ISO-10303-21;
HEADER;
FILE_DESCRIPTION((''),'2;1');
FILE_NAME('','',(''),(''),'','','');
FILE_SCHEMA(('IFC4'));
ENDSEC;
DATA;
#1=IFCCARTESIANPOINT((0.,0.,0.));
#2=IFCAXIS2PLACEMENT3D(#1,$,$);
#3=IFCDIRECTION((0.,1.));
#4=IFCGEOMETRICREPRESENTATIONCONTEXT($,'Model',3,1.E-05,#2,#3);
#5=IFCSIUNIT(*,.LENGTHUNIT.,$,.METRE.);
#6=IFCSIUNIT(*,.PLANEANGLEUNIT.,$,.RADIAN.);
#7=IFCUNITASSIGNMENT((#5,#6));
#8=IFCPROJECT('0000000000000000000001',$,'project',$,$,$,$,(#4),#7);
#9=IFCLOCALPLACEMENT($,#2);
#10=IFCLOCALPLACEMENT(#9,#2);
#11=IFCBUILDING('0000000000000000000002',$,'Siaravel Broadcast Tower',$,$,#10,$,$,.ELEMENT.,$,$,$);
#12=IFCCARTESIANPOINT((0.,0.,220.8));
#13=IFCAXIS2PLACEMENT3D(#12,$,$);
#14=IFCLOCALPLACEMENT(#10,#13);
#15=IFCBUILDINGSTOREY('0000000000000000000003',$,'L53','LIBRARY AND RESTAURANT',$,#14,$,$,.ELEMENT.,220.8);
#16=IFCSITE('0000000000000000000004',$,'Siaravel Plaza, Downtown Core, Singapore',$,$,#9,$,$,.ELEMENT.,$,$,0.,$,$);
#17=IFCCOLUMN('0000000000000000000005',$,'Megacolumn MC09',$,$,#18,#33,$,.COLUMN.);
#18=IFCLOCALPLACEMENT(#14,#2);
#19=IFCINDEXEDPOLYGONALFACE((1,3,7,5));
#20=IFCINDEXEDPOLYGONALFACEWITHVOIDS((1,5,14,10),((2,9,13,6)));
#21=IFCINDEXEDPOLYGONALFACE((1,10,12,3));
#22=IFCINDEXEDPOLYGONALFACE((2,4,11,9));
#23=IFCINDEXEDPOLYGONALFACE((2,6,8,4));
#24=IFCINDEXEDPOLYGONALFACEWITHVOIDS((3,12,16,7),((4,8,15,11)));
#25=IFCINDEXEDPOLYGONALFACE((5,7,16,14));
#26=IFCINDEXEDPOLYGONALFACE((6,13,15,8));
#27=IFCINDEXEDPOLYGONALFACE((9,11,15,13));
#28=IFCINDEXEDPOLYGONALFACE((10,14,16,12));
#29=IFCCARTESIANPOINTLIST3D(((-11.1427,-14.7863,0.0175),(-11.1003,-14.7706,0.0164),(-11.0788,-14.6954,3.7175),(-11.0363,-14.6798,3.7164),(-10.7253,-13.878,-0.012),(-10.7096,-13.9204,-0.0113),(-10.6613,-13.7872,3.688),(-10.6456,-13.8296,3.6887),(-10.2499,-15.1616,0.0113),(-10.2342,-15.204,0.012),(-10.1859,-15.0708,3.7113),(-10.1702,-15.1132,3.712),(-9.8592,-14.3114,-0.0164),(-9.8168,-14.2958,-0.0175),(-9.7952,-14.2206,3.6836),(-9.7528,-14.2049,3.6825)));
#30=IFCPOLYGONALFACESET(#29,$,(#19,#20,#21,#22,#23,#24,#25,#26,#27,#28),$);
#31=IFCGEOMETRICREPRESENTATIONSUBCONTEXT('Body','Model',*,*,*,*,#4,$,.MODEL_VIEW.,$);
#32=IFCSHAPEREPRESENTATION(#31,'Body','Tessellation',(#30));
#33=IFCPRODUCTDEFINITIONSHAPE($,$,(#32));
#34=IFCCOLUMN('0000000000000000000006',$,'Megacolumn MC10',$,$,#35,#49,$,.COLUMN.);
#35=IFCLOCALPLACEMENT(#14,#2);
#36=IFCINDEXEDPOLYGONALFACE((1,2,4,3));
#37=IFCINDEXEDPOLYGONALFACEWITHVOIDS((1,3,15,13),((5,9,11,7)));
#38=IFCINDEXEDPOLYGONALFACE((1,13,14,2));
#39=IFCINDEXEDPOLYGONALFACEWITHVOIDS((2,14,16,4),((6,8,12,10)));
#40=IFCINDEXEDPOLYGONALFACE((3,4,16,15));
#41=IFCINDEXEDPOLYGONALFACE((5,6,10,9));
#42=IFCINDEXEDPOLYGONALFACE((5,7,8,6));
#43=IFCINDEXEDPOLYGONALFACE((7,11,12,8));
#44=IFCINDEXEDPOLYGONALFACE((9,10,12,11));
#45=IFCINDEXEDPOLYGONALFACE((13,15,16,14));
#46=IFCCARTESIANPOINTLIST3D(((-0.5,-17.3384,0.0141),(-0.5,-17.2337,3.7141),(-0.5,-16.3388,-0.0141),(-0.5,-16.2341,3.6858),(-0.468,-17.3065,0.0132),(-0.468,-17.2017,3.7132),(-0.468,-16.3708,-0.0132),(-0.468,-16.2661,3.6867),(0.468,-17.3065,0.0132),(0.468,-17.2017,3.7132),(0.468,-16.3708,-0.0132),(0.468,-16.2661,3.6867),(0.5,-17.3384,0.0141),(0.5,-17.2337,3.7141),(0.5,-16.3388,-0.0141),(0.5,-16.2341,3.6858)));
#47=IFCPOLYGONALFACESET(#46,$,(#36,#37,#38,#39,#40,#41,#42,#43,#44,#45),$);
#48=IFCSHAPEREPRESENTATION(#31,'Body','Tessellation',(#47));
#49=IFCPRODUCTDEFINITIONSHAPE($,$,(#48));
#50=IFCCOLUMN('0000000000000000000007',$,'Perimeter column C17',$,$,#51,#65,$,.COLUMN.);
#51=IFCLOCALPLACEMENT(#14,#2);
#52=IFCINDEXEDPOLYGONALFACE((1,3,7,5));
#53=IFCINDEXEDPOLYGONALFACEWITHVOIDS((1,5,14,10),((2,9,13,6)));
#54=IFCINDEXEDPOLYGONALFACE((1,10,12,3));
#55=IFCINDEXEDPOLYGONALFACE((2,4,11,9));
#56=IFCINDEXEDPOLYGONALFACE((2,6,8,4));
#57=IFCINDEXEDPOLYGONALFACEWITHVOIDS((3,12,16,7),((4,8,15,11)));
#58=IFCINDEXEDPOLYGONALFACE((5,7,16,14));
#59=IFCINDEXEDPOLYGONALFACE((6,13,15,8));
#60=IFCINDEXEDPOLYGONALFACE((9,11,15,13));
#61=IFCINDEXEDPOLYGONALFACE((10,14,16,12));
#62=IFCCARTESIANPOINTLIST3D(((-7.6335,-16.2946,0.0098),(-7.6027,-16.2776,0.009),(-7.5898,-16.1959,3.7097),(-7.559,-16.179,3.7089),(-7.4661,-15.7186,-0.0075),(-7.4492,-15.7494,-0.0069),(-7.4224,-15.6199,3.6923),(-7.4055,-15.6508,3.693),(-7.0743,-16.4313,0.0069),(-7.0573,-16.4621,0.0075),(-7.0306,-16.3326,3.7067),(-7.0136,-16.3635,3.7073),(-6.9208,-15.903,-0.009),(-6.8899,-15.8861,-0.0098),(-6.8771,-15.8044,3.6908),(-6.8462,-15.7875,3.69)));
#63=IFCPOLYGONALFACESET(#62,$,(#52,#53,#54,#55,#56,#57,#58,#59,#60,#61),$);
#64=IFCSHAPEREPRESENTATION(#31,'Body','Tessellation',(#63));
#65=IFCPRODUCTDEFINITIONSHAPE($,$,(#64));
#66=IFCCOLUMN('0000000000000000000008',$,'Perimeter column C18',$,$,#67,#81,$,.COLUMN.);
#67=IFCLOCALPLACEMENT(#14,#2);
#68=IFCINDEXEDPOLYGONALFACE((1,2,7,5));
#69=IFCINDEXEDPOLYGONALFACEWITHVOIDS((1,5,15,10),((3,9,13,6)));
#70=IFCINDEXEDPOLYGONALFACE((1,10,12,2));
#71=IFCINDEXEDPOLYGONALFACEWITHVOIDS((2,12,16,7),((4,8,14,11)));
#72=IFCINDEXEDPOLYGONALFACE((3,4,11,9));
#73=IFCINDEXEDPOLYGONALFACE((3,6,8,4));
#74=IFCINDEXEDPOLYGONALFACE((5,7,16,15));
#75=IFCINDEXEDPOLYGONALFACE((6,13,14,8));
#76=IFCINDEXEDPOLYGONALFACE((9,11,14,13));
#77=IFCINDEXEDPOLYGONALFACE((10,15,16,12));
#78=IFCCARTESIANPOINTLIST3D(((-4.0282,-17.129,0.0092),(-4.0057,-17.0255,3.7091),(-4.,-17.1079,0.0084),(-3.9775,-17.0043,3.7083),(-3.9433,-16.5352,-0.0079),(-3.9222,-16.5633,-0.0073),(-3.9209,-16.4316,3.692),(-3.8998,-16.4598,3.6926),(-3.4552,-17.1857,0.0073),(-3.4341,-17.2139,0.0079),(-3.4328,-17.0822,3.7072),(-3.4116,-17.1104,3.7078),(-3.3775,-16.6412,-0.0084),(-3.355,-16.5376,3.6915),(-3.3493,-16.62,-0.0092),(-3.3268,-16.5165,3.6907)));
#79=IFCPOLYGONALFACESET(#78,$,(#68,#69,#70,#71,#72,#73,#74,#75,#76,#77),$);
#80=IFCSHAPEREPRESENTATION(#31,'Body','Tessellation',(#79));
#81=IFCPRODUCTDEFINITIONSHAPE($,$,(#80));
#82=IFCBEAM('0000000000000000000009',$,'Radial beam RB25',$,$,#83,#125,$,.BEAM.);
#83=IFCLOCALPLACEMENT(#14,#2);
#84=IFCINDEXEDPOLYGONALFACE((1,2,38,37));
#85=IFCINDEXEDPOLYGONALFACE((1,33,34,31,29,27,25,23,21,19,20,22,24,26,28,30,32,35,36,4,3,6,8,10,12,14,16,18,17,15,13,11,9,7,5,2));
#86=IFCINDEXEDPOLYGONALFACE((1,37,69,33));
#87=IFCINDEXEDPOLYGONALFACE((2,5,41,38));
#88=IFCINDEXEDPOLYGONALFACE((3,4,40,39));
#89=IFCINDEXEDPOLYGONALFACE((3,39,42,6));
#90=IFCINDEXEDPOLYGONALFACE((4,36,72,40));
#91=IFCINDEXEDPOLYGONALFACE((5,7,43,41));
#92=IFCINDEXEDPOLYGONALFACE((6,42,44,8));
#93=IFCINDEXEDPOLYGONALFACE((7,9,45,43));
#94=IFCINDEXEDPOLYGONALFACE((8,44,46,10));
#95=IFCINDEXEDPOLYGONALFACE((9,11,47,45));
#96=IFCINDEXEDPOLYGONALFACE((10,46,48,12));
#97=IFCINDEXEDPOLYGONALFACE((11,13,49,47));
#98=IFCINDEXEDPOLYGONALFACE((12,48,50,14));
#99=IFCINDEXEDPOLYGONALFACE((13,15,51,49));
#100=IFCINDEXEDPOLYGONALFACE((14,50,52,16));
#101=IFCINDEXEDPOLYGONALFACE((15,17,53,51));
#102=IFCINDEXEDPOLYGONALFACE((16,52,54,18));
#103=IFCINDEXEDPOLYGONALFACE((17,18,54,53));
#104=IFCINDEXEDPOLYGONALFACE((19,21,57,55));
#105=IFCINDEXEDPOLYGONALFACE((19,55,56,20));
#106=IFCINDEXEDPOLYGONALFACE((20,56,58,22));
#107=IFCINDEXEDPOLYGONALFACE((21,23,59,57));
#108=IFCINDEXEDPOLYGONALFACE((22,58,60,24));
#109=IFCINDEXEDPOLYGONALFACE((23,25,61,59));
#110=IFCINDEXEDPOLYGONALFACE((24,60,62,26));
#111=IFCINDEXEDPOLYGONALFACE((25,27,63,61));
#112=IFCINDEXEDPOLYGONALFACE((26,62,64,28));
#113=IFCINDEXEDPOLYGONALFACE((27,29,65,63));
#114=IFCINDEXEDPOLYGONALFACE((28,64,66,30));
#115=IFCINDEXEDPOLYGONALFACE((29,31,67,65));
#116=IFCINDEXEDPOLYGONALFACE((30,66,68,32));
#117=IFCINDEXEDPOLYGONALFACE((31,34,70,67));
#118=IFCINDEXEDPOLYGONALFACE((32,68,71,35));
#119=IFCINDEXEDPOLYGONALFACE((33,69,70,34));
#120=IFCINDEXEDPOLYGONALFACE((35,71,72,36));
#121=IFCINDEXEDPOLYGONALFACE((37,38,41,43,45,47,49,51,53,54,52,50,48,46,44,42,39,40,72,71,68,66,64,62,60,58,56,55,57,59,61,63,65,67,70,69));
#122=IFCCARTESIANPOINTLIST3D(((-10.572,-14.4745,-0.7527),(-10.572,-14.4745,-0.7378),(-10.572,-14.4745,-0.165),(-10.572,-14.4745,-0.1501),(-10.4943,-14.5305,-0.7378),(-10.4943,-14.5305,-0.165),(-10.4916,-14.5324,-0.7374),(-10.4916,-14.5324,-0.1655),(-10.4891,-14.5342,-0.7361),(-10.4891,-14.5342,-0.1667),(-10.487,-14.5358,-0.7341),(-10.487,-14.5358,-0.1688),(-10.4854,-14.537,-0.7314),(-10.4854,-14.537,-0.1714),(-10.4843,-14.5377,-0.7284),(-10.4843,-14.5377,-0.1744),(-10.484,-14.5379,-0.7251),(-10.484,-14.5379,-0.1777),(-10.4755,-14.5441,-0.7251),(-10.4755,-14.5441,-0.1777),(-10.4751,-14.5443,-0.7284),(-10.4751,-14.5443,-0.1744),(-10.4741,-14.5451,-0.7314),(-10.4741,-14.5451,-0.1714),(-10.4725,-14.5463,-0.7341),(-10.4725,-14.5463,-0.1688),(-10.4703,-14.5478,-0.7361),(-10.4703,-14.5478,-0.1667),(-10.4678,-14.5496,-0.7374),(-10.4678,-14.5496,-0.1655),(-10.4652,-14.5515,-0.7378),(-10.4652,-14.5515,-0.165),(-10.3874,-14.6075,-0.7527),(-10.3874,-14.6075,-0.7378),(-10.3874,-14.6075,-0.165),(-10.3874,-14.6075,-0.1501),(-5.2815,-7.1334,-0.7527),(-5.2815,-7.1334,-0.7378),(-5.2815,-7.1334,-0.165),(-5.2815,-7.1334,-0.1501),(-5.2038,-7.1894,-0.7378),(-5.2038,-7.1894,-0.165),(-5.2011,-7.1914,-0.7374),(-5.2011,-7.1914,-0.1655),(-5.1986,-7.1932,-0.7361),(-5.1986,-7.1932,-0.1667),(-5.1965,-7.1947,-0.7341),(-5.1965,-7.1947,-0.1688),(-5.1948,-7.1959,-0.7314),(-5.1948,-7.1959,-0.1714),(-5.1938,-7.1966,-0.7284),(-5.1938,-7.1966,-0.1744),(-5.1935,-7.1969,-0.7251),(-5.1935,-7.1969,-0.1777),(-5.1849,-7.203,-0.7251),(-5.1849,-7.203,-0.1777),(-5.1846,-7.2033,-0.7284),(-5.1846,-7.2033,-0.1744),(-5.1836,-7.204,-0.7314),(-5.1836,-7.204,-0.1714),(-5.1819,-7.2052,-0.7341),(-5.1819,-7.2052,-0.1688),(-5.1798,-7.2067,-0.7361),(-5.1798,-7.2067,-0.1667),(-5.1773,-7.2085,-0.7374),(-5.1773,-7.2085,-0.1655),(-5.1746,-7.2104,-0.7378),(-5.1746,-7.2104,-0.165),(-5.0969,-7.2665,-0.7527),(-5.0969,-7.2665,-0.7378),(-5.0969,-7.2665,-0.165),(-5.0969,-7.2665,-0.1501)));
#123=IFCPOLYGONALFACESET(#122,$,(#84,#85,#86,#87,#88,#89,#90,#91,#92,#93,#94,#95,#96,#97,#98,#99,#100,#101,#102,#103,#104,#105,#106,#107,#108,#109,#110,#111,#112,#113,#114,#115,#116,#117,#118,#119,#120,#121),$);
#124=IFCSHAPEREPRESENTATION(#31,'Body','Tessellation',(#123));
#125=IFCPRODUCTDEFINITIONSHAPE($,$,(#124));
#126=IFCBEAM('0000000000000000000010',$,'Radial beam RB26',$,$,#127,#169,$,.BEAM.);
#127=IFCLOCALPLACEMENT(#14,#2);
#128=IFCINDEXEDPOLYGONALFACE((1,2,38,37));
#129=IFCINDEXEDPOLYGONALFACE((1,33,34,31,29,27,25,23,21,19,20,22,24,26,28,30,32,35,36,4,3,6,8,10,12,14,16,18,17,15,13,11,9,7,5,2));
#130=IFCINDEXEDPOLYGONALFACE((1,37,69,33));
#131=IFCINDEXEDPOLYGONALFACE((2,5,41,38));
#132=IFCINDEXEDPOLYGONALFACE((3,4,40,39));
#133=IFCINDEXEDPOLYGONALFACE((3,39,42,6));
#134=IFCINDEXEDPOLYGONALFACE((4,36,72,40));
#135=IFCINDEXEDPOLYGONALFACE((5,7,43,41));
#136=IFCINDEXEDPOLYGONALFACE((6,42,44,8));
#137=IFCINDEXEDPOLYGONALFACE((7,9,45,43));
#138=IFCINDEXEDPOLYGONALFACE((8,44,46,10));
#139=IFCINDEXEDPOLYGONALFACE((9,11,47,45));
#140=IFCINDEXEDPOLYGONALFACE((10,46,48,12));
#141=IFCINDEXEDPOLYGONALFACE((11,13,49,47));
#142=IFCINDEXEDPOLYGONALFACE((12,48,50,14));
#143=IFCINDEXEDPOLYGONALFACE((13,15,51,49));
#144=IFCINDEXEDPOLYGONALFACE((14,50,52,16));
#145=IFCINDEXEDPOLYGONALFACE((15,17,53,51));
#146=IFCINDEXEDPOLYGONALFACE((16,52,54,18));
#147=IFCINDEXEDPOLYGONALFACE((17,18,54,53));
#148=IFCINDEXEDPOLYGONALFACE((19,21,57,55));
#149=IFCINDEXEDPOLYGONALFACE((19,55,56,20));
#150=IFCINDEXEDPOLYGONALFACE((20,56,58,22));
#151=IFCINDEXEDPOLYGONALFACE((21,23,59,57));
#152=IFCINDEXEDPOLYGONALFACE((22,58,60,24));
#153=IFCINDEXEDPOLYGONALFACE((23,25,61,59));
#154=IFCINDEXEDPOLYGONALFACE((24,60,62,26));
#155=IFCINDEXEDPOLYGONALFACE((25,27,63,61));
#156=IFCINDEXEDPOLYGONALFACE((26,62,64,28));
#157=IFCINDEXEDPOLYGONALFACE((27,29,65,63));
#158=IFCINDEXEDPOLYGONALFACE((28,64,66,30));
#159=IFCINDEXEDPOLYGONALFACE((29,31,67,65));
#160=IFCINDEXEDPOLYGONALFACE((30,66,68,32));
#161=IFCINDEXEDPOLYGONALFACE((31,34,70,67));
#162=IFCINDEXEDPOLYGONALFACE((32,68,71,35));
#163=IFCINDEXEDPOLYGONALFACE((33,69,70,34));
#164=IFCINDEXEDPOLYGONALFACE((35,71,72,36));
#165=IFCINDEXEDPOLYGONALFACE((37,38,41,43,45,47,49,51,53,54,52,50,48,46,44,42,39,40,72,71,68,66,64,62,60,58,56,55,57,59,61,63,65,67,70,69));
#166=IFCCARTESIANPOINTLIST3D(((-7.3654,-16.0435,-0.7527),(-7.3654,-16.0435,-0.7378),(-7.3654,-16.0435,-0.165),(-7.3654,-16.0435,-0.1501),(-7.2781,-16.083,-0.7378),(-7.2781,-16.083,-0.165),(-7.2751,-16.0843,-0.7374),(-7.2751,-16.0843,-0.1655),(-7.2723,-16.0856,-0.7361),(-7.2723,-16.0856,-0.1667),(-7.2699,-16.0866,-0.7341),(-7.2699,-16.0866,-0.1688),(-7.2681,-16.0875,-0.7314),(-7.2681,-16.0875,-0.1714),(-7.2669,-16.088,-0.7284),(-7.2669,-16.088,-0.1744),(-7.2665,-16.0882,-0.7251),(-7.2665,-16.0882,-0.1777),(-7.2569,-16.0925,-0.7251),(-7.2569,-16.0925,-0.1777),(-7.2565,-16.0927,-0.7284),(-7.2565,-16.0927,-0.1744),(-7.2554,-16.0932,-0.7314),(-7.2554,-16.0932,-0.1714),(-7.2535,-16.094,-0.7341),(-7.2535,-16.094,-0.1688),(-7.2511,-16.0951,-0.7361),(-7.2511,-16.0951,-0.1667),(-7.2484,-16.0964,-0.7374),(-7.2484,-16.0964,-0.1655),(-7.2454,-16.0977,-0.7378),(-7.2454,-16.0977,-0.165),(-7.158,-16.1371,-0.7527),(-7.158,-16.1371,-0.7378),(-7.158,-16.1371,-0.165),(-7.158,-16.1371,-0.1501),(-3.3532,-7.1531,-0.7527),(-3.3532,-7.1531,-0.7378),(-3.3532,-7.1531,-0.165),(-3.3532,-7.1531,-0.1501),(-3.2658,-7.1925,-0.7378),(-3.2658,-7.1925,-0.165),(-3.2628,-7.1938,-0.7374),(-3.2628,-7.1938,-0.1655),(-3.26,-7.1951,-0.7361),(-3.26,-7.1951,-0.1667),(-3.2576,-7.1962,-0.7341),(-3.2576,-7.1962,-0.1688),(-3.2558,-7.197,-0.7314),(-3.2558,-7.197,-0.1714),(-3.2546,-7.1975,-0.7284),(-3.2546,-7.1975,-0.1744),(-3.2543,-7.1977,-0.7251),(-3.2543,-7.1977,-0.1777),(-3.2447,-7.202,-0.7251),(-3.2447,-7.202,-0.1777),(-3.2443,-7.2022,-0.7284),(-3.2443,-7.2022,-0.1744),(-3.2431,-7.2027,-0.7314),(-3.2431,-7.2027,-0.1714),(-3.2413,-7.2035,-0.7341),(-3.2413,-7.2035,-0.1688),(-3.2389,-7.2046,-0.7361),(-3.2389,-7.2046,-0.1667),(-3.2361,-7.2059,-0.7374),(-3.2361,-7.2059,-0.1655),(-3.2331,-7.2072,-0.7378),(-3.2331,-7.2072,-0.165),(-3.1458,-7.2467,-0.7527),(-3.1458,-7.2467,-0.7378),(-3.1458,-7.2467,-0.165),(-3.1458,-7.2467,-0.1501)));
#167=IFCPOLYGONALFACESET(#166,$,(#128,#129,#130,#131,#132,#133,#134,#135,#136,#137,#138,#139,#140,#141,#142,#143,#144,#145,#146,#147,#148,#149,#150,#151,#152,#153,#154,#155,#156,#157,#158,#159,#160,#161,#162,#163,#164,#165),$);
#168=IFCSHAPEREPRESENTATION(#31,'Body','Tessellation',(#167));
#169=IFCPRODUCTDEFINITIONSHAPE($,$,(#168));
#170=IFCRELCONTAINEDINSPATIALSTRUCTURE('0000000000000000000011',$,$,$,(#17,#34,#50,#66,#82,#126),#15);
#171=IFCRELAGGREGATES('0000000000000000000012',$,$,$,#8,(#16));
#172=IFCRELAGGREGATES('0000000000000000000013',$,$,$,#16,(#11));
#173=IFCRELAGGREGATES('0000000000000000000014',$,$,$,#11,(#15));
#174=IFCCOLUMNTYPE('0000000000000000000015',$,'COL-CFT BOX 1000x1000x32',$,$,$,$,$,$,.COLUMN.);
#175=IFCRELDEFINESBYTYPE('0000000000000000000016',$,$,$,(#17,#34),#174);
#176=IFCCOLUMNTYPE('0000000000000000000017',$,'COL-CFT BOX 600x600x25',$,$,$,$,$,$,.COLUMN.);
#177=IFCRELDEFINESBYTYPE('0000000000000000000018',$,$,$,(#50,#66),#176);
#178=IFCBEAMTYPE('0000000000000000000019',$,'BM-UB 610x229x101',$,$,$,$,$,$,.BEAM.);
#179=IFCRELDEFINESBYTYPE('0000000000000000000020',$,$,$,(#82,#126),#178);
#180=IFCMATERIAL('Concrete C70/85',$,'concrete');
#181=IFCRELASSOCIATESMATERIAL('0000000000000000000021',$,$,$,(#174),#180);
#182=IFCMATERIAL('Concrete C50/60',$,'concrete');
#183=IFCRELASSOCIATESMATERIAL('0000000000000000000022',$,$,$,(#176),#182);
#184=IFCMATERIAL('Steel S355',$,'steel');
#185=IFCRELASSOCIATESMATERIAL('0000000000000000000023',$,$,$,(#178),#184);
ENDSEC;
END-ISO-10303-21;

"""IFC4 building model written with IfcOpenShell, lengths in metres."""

from ifc_helpers import new_model, si_unit, direction, frame, origin, origin_2d, place, context, subcontext, project, spatial, hollow_rectangle, i_section, extrude, material, material_profile, profile_set, type_object, element, save


model = new_model("IFC4")

# Units and contexts
model_context = context("Model", 3, precision=1e-05, world=origin(), true_north=direction((0.0, 1.0)))
body_context = subcontext(model_context, "Body", "Model", "MODEL_VIEW")
ifc_project = project(units=[si_unit("LENGTHUNIT", "METRE"), si_unit("PLANEANGLEUNIT", "RADIAN")], contexts=[model_context])

# Site, building, storey
site_placement = place(None, origin())
site = spatial("IfcSite", under=ifc_project, at=site_placement, Name="Siaravel Plaza, Downtown Core, Singapore", CompositionType="ELEMENT", RefElevation=0.0)
building_placement = place(site_placement, origin())
building = spatial("IfcBuilding", under=site, at=building_placement, Name="Siaravel Broadcast Tower", CompositionType="ELEMENT")
storey_placement = place(building_placement, frame((0.0, 0.0, 220.8)))
storey = spatial("IfcBuildingStorey", under=building, at=storey_placement, Name="L53", Description="LIBRARY AND RESTAURANT", CompositionType="ELEMENT", Elevation=220.8)

# Columns
ifc_material_1 = material(Name="Concrete C70/85", Category="concrete")
ifc_material_profile_1 = material_profile(ifc_material_1, hollow_rectangle(XDim=1.0, YDim=1.0, WallThickness=0.032, at=origin_2d()))
ifc_profile_set_1 = profile_set([ifc_material_profile_1], Name="Concrete C70/85")
column_type_1 = type_object("IfcColumnType", Name="COL-CFT BOX 1000x1000x32", PredefinedType="COLUMN", material=ifc_profile_set_1)
column_1_placement = place(storey_placement, frame((-10.4797, -14.541, 0.0), z_axis=(0.01728, 0.024535, 0.99955), x_axis=(-0.908555, 0.417729, 0.005453)))
element("IfcColumn", 1, at=column_1_placement, inside=storey, type_object=column_type_1, Name="Megacolumn MC09", PredefinedType="COLUMN", context=body_context, shape_type="SweptSolid", body=[
    extrude(hollow_rectangle(XDim=1.0, YDim=1.0, WallThickness=0.032, at=origin_2d()), origin(), (0.0, 0.0, 1.0), 3.7017),
])
column_2_placement = place(storey_placement, frame((0.0, -16.8386, 0.0), z_axis=(0.0, 0.028296, 0.9996), x_axis=(-1.0, 0.0, 0.0)))
element("IfcColumn", 2, at=column_2_placement, inside=storey, type_object=column_type_1, Name="Megacolumn MC10", PredefinedType="COLUMN", context=body_context, shape_type="SweptSolid", body=[
    extrude(hollow_rectangle(XDim=1.0, YDim=1.0, WallThickness=0.032, at=origin_2d()), origin(), (0.0, 0.0, 1.0), 3.7014),
])
ifc_material_2 = material(Name="Concrete C50/60", Category="concrete")
ifc_material_profile_2 = material_profile(ifc_material_2, hollow_rectangle(XDim=0.6001, YDim=0.6001, WallThickness=0.0249, at=origin_2d()))
ifc_profile_set_2 = profile_set([ifc_material_profile_2], Name="Concrete C50/60")
column_type_2 = type_object("IfcColumnType", Name="COL-CFT BOX 600x600x25", PredefinedType="COLUMN", material=ifc_profile_set_2)
for number, where, z_axis, x_axis, name in (
    (3, (-7.2617, -16.0903, 0.0), (0.011806, 0.026647, 0.999575), (-0.960233, 0.279171, 0.003899), "Perimeter column C17"),
    (4, (-3.6887, -16.8745, 0.0), (0.006068, 0.027966, 0.99959), (-0.989943, 0.141454, 0.002052), "Perimeter column C18"),
):
    element("IfcColumn", number, at=place(storey_placement, frame(where, z_axis=z_axis, x_axis=x_axis)), inside=storey, type_object=column_type_2, Name=name, PredefinedType="COLUMN", context=body_context, shape_type="SweptSolid", body=[
        extrude(hollow_rectangle(XDim=0.6001, YDim=0.6001, WallThickness=0.0249, at=origin_2d()), origin(), (0.0, 0.0, 1.0), 3.7014),
    ])

# Beams
ifc_material_3 = material(Name="Steel S355", Category="steel")
ifc_material_profile_3 = material_profile(ifc_material_3, i_section(OverallWidth=0.2275, OverallDepth=0.6025, WebThickness=0.0105, FlangeThickness=0.0149, FilletRadius=0.0127, at=origin_2d()))
ifc_profile_set_3 = profile_set([ifc_material_profile_3], Name="Steel S355")
beam_type = type_object("IfcBeamType", Name="BM-UB 610x229x101", PredefinedType="BEAM", material=ifc_profile_set_3)
beam_1_placement = place(storey_placement, frame((-10.4797, -14.541, -0.4514), z_axis=(0.584666, 0.811274, 0.0), x_axis=(-0.811274, 0.584666, 0.0)))
element("IfcBeam", 5, at=beam_1_placement, inside=storey, type_object=beam_type, Name="Radial beam RB25", PredefinedType="BEAM", context=body_context, shape_type="SweptSolid", body=[
    extrude(i_section(OverallWidth=0.2275, OverallDepth=0.6025, WebThickness=0.0105, FlangeThickness=0.0149, FilletRadius=0.0127, at=origin_2d()), origin(), (0.0, 0.0, 1.0), 9.0488),
])
beam_2_placement = place(storey_placement, frame((-7.2617, -16.0903, -0.4514), z_axis=(0.411348, 0.911478, 0.0), x_axis=(-0.911478, 0.411348, 0.0)))
element("IfcBeam", 6, at=beam_2_placement, inside=storey, type_object=beam_type, Name="Radial beam RB26", PredefinedType="BEAM", context=body_context, shape_type="SweptSolid", body=[
    extrude(i_section(OverallWidth=0.2275, OverallDepth=0.6025, WebThickness=0.0105, FlangeThickness=0.0149, FilletRadius=0.0127, at=origin_2d()), origin(), (0.0, 0.0, 1.0), 9.7539),
])

save(model, "model.ifc")
